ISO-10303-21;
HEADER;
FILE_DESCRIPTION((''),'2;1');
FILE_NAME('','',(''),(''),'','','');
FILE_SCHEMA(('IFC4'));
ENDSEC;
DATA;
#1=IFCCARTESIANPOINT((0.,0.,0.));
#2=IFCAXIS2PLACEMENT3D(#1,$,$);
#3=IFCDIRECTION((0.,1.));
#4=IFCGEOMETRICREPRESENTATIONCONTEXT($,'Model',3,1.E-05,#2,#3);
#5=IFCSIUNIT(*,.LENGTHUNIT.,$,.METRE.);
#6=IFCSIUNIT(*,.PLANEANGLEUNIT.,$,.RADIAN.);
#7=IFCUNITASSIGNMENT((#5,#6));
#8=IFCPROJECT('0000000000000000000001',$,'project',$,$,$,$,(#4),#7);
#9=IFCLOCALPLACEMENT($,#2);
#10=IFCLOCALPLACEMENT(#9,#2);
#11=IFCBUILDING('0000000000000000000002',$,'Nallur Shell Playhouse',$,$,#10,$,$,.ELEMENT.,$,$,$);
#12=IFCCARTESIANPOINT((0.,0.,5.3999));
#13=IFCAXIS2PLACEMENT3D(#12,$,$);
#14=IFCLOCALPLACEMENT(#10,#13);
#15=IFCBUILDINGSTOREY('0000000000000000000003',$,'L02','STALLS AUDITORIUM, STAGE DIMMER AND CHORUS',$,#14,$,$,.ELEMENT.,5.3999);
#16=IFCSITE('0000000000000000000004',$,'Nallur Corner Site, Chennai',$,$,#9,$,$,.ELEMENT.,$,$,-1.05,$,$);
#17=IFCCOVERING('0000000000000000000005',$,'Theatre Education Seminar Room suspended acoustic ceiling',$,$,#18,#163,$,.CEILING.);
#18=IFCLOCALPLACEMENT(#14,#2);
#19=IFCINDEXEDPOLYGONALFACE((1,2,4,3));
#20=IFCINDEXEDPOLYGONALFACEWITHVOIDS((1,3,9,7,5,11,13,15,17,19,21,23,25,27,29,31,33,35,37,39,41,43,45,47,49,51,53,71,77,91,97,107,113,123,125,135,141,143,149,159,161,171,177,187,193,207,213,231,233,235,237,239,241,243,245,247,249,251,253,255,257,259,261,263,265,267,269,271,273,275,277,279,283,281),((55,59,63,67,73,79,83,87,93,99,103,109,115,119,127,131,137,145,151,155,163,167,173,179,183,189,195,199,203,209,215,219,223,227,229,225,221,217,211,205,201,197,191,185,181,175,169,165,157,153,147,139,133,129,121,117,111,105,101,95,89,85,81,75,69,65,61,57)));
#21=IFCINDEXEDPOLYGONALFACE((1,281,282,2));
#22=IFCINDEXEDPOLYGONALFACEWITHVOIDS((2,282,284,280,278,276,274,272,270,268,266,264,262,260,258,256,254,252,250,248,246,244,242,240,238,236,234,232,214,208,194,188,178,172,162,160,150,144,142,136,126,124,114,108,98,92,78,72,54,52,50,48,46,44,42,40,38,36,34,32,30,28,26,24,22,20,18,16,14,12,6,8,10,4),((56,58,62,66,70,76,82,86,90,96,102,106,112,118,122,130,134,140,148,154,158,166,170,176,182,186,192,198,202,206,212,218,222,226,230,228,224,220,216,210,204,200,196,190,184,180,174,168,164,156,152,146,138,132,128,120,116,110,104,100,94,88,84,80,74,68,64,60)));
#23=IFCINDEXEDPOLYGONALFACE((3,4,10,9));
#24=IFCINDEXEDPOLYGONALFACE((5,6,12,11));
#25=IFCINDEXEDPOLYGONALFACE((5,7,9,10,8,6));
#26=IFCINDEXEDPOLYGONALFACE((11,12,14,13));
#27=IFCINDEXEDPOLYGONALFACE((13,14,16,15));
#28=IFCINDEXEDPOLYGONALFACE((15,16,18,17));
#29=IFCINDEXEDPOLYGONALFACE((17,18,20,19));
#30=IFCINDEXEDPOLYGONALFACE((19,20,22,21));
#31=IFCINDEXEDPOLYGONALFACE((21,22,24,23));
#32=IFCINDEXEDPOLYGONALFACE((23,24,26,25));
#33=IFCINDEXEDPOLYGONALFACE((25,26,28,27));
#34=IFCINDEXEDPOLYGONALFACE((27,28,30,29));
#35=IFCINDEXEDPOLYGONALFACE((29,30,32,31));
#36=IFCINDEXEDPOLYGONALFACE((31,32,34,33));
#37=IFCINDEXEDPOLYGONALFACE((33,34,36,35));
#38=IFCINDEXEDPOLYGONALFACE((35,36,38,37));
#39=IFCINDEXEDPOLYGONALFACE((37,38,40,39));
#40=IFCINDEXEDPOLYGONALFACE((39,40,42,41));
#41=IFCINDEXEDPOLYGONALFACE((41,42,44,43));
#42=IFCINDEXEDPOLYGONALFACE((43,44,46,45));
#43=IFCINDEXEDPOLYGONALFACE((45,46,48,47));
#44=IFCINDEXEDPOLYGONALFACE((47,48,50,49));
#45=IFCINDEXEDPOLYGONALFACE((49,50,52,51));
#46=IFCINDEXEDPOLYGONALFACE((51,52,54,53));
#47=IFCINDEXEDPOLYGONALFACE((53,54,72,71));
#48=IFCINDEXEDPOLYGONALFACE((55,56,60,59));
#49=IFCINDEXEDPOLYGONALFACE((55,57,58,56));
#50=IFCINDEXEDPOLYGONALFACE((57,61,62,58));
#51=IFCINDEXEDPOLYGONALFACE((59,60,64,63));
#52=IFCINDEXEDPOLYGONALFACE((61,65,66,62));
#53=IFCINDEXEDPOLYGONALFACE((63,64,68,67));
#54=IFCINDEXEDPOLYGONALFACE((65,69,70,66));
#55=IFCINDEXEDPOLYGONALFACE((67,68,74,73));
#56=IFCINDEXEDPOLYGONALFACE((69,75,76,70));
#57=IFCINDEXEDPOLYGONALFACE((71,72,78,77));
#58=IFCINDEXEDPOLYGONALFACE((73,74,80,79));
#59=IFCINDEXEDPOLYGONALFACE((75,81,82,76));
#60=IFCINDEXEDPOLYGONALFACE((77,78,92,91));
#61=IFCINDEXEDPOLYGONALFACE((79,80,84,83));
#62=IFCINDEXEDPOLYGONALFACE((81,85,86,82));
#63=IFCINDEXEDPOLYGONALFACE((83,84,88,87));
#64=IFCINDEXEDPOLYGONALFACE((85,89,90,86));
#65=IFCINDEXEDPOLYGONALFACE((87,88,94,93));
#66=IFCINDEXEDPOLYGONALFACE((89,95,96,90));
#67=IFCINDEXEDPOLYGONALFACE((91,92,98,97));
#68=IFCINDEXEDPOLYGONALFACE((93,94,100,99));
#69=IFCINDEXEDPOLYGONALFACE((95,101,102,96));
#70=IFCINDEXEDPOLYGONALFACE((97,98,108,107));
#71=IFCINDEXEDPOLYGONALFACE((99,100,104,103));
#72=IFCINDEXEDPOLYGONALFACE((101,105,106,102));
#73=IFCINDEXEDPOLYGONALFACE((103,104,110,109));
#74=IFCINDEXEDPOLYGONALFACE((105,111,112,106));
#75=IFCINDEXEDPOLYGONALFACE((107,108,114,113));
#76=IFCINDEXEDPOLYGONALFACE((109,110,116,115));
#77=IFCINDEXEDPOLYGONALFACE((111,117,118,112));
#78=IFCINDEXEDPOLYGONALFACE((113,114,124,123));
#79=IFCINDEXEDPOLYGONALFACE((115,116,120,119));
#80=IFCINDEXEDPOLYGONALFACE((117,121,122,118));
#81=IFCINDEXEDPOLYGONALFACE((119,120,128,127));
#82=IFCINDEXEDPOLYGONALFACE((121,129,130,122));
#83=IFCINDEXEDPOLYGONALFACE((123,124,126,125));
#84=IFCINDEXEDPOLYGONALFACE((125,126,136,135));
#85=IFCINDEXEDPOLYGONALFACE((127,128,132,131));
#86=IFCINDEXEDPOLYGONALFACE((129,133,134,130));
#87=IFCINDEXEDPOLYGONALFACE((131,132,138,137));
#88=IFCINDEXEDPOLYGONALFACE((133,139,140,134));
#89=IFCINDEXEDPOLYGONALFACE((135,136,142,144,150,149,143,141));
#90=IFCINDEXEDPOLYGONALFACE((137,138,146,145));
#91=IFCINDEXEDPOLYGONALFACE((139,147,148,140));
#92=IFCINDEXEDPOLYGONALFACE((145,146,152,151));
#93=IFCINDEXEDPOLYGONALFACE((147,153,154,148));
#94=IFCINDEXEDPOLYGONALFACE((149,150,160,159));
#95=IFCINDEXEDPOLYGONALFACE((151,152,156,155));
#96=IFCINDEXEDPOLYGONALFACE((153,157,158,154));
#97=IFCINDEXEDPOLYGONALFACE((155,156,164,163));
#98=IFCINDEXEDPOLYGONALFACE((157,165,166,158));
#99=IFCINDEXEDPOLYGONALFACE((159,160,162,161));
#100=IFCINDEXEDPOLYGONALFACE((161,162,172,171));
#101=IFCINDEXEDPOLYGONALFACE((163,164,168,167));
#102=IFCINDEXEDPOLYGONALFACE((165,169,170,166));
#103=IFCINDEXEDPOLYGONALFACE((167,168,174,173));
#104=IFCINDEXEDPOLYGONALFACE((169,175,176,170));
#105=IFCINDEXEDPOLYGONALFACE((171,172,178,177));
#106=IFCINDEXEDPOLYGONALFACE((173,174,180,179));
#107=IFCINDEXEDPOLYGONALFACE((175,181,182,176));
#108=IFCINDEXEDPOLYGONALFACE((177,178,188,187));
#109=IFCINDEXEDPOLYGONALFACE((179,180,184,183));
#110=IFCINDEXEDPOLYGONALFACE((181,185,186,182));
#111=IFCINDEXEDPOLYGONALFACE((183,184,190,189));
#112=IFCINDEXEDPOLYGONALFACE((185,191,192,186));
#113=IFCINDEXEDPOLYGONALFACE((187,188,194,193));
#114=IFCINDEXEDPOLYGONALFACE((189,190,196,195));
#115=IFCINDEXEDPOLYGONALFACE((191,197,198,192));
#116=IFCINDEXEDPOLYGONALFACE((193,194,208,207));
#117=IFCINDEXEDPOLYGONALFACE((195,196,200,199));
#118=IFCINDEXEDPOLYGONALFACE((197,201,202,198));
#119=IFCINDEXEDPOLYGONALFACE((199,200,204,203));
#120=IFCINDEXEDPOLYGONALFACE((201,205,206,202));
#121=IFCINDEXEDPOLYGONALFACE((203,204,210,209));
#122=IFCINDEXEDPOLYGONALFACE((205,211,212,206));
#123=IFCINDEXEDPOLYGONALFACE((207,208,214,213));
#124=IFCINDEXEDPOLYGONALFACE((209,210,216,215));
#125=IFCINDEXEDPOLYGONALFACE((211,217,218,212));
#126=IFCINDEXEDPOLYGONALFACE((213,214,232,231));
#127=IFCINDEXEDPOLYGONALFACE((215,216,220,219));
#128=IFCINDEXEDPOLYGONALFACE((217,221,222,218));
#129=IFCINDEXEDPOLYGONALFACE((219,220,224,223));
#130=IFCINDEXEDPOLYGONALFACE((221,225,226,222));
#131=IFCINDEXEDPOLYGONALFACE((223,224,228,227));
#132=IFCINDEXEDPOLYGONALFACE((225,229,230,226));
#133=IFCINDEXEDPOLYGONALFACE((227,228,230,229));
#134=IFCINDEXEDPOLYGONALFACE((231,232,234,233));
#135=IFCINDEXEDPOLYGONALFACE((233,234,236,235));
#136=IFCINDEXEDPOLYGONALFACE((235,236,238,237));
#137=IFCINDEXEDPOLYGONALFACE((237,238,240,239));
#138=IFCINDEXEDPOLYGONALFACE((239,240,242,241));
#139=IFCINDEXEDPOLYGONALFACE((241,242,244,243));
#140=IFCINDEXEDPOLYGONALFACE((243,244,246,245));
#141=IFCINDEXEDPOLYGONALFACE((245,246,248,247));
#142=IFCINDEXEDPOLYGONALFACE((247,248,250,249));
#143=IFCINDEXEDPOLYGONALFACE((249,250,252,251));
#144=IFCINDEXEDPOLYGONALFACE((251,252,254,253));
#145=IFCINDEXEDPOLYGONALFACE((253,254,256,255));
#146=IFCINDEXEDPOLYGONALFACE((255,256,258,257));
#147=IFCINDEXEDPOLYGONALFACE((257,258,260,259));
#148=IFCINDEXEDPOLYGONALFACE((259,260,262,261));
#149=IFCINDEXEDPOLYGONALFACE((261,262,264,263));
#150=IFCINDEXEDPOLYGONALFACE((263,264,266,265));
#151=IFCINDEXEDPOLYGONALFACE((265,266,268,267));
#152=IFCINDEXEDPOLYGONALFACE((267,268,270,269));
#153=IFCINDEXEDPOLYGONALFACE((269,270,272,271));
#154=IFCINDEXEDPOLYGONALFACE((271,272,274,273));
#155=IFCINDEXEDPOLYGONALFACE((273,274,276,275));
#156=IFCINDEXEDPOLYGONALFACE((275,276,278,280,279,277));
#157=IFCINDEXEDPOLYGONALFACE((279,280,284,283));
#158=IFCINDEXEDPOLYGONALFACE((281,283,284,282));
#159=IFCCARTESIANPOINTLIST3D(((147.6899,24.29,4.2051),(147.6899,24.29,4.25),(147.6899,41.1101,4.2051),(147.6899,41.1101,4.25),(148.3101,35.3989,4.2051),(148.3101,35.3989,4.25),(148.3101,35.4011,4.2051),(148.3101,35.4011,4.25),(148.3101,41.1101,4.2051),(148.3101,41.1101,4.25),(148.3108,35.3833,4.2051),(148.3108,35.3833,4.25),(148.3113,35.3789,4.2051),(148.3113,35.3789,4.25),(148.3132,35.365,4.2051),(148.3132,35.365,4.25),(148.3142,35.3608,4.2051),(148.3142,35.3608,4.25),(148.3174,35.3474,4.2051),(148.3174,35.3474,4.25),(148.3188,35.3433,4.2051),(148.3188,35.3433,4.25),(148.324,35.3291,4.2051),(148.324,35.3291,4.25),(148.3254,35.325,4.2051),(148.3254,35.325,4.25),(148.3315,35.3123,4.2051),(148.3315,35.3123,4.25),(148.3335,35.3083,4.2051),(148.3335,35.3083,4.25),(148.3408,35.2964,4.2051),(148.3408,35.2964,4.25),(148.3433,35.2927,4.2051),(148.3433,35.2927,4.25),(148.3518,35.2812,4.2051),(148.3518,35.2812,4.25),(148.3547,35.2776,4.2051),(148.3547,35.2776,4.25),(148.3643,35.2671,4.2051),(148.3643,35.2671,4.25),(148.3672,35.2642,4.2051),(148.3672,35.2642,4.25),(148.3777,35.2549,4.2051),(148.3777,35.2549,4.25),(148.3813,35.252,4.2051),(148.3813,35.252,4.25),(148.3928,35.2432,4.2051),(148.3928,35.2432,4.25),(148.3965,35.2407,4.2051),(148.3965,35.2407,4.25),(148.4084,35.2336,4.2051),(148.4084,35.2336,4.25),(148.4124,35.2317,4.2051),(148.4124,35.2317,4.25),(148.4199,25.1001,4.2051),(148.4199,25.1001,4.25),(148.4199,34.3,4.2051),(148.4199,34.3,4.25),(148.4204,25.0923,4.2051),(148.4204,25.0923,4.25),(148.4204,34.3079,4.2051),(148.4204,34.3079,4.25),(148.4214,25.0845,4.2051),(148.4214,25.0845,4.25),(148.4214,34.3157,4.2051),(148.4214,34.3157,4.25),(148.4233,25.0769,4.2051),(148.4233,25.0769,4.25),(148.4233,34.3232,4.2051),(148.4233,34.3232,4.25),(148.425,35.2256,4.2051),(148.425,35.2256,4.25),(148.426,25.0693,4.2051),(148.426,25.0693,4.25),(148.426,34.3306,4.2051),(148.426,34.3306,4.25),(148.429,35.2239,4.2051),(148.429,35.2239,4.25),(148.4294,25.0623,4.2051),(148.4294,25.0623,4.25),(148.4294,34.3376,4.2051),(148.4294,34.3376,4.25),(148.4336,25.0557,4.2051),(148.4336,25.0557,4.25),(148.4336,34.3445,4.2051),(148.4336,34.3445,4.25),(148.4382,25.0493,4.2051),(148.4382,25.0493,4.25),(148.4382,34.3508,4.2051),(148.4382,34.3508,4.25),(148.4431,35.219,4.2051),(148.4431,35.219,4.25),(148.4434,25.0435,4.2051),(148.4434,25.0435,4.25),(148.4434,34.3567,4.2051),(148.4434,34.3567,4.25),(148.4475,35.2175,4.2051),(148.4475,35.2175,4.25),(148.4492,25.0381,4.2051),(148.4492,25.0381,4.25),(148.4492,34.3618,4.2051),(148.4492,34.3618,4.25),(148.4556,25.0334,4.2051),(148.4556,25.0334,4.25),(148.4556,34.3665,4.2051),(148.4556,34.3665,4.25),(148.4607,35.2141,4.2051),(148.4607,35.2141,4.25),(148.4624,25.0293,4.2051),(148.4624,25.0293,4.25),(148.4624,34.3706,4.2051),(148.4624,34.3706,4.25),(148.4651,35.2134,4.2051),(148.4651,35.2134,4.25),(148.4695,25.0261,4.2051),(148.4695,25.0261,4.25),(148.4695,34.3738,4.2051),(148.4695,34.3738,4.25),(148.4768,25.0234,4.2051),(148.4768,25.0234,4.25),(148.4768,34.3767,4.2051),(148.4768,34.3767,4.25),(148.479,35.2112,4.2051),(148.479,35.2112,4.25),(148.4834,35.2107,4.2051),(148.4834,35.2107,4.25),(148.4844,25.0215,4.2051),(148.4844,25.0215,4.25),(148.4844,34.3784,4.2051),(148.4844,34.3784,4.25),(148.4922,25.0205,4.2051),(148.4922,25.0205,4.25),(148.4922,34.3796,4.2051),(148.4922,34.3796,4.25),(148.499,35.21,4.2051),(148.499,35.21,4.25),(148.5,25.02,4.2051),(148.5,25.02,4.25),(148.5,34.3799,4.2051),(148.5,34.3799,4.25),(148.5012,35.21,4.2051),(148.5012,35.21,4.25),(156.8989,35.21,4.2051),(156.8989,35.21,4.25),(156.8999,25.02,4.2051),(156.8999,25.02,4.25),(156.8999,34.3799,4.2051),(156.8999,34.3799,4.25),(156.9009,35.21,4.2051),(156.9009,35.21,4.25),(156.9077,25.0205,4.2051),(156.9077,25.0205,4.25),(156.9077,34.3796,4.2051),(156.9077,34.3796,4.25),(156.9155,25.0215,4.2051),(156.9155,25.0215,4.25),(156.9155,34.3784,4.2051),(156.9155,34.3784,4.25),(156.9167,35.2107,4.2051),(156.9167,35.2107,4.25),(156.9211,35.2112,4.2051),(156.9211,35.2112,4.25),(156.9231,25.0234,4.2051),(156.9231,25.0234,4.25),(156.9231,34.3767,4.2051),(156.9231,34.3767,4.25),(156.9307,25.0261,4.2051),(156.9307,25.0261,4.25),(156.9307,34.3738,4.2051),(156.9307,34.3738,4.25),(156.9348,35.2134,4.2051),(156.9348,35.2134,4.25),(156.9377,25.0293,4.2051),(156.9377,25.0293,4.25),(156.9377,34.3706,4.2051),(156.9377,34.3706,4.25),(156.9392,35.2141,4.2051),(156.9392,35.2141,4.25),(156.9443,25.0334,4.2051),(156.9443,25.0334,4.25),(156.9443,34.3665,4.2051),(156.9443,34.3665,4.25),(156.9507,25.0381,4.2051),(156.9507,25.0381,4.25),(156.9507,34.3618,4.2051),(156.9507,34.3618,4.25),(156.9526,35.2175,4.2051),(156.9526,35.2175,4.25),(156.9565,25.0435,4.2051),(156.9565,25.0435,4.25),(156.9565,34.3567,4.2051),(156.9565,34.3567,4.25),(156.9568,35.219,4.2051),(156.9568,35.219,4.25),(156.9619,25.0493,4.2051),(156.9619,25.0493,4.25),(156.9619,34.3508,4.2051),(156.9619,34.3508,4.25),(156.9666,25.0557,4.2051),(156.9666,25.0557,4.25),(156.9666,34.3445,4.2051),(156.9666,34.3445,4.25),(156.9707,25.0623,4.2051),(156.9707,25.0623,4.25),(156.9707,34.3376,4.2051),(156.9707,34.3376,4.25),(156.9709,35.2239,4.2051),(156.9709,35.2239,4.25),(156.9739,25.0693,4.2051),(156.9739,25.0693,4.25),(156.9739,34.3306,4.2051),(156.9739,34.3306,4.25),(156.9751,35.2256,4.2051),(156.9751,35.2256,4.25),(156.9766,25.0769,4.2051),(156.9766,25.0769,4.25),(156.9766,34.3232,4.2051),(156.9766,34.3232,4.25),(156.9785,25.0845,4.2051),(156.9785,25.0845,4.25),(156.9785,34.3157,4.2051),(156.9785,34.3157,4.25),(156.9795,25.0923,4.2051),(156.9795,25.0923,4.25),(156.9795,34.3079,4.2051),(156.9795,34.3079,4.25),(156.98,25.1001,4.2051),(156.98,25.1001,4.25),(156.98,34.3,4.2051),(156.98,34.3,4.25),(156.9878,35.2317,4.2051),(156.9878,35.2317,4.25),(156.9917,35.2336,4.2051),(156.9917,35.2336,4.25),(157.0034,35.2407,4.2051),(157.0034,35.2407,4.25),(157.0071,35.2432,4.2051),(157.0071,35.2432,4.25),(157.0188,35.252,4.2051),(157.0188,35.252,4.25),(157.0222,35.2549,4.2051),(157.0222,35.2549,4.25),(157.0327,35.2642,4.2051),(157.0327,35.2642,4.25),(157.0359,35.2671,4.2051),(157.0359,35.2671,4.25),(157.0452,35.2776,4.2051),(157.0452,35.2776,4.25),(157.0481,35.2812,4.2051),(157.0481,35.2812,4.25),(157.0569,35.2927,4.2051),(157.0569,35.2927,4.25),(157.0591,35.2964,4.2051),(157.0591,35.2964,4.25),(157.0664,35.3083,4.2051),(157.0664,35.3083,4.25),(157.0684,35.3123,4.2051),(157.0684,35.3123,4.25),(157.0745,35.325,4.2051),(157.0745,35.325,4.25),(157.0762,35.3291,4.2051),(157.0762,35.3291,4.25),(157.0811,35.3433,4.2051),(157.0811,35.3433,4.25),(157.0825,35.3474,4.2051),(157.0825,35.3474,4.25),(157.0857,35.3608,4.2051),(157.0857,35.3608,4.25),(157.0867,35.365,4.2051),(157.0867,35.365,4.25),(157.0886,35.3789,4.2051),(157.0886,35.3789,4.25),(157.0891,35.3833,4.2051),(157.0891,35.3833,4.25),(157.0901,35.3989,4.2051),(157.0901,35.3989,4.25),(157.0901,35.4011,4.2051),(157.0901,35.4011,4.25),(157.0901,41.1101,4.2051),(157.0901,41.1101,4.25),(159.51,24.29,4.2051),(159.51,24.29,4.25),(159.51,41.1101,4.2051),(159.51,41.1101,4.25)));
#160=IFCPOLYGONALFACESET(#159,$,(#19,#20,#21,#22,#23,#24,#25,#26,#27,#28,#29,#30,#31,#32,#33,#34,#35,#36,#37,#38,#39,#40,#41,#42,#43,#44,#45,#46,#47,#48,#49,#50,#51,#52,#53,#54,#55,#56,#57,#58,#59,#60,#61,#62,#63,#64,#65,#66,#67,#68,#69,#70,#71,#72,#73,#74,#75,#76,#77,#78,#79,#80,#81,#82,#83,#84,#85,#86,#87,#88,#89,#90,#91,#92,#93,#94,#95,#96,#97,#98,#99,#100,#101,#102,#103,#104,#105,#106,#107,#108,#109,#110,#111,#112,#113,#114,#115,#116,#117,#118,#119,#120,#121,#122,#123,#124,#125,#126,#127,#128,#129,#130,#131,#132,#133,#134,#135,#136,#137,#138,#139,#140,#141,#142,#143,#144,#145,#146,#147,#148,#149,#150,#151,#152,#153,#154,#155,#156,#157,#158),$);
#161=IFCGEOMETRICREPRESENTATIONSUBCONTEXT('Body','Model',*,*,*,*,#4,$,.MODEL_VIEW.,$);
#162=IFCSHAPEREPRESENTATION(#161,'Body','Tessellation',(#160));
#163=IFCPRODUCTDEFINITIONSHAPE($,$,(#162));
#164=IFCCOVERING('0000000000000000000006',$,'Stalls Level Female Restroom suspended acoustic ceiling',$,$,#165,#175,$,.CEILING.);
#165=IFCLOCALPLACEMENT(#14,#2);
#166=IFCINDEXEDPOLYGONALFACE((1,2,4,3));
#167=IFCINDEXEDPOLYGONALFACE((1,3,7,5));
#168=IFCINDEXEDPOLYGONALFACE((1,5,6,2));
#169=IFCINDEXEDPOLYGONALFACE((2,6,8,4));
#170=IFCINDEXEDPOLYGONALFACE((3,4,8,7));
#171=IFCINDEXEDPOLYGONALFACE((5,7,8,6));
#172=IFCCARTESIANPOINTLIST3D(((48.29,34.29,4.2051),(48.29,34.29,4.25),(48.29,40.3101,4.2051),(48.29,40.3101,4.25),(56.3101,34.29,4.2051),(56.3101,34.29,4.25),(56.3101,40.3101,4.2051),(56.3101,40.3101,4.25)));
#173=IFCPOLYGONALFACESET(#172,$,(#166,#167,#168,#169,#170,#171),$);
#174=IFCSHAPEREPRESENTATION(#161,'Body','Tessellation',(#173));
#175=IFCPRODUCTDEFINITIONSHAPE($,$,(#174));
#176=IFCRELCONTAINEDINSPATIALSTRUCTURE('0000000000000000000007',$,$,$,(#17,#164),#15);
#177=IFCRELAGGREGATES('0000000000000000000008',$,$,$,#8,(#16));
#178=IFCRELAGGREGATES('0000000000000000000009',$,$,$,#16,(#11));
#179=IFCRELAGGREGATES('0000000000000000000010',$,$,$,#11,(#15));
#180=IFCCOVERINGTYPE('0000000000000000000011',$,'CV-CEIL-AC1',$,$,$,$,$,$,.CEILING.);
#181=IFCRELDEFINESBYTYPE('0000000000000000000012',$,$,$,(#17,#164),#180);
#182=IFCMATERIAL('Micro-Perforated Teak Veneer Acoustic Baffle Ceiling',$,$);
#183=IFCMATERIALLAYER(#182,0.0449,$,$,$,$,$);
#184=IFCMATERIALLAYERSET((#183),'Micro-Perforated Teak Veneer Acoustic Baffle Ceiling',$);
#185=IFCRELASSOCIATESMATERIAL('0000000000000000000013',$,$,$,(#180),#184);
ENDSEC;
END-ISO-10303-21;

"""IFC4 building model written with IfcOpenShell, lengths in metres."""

from ifc_helpers import new_model, si_unit, direction, frame, origin, place, context, subcontext, project, spatial, polyline, outline, extrude, material, layer, layer_set, type_object, element, save


model = new_model("IFC4")

# Units and contexts
model_context = context("Model", 3, precision=1e-05, world=origin(), true_north=direction((0.0, 1.0)))
body_context = subcontext(model_context, "Body", "Model", "MODEL_VIEW")
ifc_project = project(units=[si_unit("LENGTHUNIT", "METRE"), si_unit("PLANEANGLEUNIT", "RADIAN")], contexts=[model_context])

# Site, building, storey
site_placement = place(None, origin())
site = spatial("IfcSite", under=ifc_project, at=site_placement, Name="Nallur Corner Site, Chennai", CompositionType="ELEMENT", RefElevation=-1.05)
building_placement = place(site_placement, origin())
building = spatial("IfcBuilding", under=site, at=building_placement, Name="Nallur Shell Playhouse", CompositionType="ELEMENT")
storey_placement = place(building_placement, frame((0.0, 0.0, 5.3999)))
storey = spatial("IfcBuildingStorey", under=building, at=storey_placement, Name="L02", Description="STALLS AUDITORIUM, STAGE DIMMER AND CHORUS", CompositionType="ELEMENT", Elevation=5.3999)

# Coverings
ifc_material_1 = material(Name="Micro-Perforated Teak Veneer Acoustic Baffle Ceiling")
ifc_layer_1 = layer(ifc_material_1, 0.0449)
ifc_layer_set_1 = layer_set([ifc_layer_1], Name="Micro-Perforated Teak Veneer Acoustic Baffle Ceiling")
covering_type_1 = type_object("IfcCoveringType", Name="CV-CEIL-AC1", PredefinedType="CEILING", material=ifc_layer_set_1)
covering_1_placement = place(storey_placement, frame((0.0, 0.0, 4.2051)))
element("IfcCovering", 1, at=covering_1_placement, inside=storey, type_object=covering_type_1, Name="Theatre Education Seminar Room suspended acoustic ceiling", PredefinedType="CEILING", context=body_context, shape_type="SweptSolid", body=[
    extrude(outline(polyline([(148.3142, 35.3608), (148.3174, 35.3474), (148.3188, 35.3433), (148.324, 35.3291), (148.3254, 35.325), (148.3315, 35.3123), (148.3335, 35.3083), (148.3408, 35.2964), (148.3433, 35.2927), (148.3518, 35.2812), (148.3547, 35.2776), (148.3643, 35.2671), (148.3672, 35.2642), (148.3777, 35.2549), (148.3813, 35.252), (148.3928, 35.2432), (148.3965, 35.2407), (148.4084, 35.2336), (148.4124, 35.2317), (148.425, 35.2256), (148.429, 35.2239), (148.4431, 35.219), (148.4475, 35.2175), (148.4607, 35.2141), (148.4651, 35.2134), (148.479, 35.2112), (148.4834, 35.2107), (148.499, 35.21), (148.5012, 35.21), (156.8989, 35.21), (156.9009, 35.21), (156.9167, 35.2107), (156.9211, 35.2112), (156.9348, 35.2134), (156.9392, 35.2141), (156.9526, 35.2175), (156.9568, 35.219), (156.9709, 35.2239), (156.9751, 35.2256), (156.9878, 35.2317), (156.9917, 35.2336), (157.0034, 35.2407), (157.0071, 35.2432), (157.0188, 35.252), (157.0222, 35.2549), (157.0327, 35.2642), (157.0359, 35.2671), (157.0452, 35.2776), (157.0481, 35.2812), (157.0569, 35.2927), (157.0591, 35.2964), (157.0664, 35.3083), (157.0684, 35.3123), (157.0745, 35.325), (157.0762, 35.3291), (157.0811, 35.3433), (157.0825, 35.3474), (157.0857, 35.3608), (157.0867, 35.365), (157.0886, 35.3789), (157.0891, 35.3833), (157.0901, 35.3989), (157.0901, 35.4011), (157.0901, 41.1101), (159.51, 41.1101), (159.51, 24.29), (147.6899, 24.29), (147.6899, 41.1101), (148.3101, 41.1101), (148.3101, 35.4011), (148.3101, 35.3989), (148.3108, 35.3833), (148.3113, 35.3789), (148.3132, 35.365), (148.3142, 35.3608)]), holes=[polyline([(156.9155, 25.0215), (156.9231, 25.0234), (156.9307, 25.0261), (156.9377, 25.0293), (156.9443, 25.0334), (156.9507, 25.0381), (156.9565, 25.0435), (156.9619, 25.0493), (156.9666, 25.0557), (156.9707, 25.0623), (156.9739, 25.0693), (156.9766, 25.0769), (156.9785, 25.0845), (156.9795, 25.0923), (156.98, 25.1001), (156.98, 34.3), (156.9795, 34.3079), (156.9785, 34.3157), (156.9766, 34.3232), (156.9739, 34.3306), (156.9707, 34.3376), (156.9666, 34.3445), (156.9619, 34.3508), (156.9565, 34.3567), (156.9507, 34.3618), (156.9443, 34.3665), (156.9377, 34.3706), (156.9307, 34.3738), (156.9231, 34.3767), (156.9155, 34.3784), (156.9077, 34.3796), (156.8999, 34.3799), (148.5, 34.3799), (148.4922, 34.3796), (148.4844, 34.3784), (148.4768, 34.3767), (148.4695, 34.3738), (148.4624, 34.3706), (148.4556, 34.3665), (148.4492, 34.3618), (148.4434, 34.3567), (148.4382, 34.3508), (148.4336, 34.3445), (148.4294, 34.3376), (148.426, 34.3306), (148.4233, 34.3232), (148.4214, 34.3157), (148.4204, 34.3079), (148.4199, 34.3), (148.4199, 25.1001), (148.4204, 25.0923), (148.4214, 25.0845), (148.4233, 25.0769), (148.426, 25.0693), (148.4294, 25.0623), (148.4336, 25.0557), (148.4382, 25.0493), (148.4434, 25.0435), (148.4492, 25.0381), (148.4556, 25.0334), (148.4624, 25.0293), (148.4695, 25.0261), (148.4768, 25.0234), (148.4844, 25.0215), (148.4922, 25.0205), (148.5, 25.02), (156.8999, 25.02), (156.9077, 25.0205), (156.9155, 25.0215)])]), origin(), (0.0, 0.0, 1.0), 0.0449),
])
covering_2_placement = place(storey_placement, frame((0.0, 0.0, 4.2051)))
element("IfcCovering", 2, at=covering_2_placement, inside=storey, type_object=covering_type_1, Name="Stalls Level Female Restroom suspended acoustic ceiling", PredefinedType="CEILING", context=body_context, shape_type="SweptSolid", body=[
    extrude(outline(polyline([(56.3101, 40.3101), (56.3101, 34.29), (48.29, 34.29), (48.29, 40.3101), (56.3101, 40.3101)])), origin(), (0.0, 0.0, 1.0), 0.0449),
])

save(model, "model.ifc")
